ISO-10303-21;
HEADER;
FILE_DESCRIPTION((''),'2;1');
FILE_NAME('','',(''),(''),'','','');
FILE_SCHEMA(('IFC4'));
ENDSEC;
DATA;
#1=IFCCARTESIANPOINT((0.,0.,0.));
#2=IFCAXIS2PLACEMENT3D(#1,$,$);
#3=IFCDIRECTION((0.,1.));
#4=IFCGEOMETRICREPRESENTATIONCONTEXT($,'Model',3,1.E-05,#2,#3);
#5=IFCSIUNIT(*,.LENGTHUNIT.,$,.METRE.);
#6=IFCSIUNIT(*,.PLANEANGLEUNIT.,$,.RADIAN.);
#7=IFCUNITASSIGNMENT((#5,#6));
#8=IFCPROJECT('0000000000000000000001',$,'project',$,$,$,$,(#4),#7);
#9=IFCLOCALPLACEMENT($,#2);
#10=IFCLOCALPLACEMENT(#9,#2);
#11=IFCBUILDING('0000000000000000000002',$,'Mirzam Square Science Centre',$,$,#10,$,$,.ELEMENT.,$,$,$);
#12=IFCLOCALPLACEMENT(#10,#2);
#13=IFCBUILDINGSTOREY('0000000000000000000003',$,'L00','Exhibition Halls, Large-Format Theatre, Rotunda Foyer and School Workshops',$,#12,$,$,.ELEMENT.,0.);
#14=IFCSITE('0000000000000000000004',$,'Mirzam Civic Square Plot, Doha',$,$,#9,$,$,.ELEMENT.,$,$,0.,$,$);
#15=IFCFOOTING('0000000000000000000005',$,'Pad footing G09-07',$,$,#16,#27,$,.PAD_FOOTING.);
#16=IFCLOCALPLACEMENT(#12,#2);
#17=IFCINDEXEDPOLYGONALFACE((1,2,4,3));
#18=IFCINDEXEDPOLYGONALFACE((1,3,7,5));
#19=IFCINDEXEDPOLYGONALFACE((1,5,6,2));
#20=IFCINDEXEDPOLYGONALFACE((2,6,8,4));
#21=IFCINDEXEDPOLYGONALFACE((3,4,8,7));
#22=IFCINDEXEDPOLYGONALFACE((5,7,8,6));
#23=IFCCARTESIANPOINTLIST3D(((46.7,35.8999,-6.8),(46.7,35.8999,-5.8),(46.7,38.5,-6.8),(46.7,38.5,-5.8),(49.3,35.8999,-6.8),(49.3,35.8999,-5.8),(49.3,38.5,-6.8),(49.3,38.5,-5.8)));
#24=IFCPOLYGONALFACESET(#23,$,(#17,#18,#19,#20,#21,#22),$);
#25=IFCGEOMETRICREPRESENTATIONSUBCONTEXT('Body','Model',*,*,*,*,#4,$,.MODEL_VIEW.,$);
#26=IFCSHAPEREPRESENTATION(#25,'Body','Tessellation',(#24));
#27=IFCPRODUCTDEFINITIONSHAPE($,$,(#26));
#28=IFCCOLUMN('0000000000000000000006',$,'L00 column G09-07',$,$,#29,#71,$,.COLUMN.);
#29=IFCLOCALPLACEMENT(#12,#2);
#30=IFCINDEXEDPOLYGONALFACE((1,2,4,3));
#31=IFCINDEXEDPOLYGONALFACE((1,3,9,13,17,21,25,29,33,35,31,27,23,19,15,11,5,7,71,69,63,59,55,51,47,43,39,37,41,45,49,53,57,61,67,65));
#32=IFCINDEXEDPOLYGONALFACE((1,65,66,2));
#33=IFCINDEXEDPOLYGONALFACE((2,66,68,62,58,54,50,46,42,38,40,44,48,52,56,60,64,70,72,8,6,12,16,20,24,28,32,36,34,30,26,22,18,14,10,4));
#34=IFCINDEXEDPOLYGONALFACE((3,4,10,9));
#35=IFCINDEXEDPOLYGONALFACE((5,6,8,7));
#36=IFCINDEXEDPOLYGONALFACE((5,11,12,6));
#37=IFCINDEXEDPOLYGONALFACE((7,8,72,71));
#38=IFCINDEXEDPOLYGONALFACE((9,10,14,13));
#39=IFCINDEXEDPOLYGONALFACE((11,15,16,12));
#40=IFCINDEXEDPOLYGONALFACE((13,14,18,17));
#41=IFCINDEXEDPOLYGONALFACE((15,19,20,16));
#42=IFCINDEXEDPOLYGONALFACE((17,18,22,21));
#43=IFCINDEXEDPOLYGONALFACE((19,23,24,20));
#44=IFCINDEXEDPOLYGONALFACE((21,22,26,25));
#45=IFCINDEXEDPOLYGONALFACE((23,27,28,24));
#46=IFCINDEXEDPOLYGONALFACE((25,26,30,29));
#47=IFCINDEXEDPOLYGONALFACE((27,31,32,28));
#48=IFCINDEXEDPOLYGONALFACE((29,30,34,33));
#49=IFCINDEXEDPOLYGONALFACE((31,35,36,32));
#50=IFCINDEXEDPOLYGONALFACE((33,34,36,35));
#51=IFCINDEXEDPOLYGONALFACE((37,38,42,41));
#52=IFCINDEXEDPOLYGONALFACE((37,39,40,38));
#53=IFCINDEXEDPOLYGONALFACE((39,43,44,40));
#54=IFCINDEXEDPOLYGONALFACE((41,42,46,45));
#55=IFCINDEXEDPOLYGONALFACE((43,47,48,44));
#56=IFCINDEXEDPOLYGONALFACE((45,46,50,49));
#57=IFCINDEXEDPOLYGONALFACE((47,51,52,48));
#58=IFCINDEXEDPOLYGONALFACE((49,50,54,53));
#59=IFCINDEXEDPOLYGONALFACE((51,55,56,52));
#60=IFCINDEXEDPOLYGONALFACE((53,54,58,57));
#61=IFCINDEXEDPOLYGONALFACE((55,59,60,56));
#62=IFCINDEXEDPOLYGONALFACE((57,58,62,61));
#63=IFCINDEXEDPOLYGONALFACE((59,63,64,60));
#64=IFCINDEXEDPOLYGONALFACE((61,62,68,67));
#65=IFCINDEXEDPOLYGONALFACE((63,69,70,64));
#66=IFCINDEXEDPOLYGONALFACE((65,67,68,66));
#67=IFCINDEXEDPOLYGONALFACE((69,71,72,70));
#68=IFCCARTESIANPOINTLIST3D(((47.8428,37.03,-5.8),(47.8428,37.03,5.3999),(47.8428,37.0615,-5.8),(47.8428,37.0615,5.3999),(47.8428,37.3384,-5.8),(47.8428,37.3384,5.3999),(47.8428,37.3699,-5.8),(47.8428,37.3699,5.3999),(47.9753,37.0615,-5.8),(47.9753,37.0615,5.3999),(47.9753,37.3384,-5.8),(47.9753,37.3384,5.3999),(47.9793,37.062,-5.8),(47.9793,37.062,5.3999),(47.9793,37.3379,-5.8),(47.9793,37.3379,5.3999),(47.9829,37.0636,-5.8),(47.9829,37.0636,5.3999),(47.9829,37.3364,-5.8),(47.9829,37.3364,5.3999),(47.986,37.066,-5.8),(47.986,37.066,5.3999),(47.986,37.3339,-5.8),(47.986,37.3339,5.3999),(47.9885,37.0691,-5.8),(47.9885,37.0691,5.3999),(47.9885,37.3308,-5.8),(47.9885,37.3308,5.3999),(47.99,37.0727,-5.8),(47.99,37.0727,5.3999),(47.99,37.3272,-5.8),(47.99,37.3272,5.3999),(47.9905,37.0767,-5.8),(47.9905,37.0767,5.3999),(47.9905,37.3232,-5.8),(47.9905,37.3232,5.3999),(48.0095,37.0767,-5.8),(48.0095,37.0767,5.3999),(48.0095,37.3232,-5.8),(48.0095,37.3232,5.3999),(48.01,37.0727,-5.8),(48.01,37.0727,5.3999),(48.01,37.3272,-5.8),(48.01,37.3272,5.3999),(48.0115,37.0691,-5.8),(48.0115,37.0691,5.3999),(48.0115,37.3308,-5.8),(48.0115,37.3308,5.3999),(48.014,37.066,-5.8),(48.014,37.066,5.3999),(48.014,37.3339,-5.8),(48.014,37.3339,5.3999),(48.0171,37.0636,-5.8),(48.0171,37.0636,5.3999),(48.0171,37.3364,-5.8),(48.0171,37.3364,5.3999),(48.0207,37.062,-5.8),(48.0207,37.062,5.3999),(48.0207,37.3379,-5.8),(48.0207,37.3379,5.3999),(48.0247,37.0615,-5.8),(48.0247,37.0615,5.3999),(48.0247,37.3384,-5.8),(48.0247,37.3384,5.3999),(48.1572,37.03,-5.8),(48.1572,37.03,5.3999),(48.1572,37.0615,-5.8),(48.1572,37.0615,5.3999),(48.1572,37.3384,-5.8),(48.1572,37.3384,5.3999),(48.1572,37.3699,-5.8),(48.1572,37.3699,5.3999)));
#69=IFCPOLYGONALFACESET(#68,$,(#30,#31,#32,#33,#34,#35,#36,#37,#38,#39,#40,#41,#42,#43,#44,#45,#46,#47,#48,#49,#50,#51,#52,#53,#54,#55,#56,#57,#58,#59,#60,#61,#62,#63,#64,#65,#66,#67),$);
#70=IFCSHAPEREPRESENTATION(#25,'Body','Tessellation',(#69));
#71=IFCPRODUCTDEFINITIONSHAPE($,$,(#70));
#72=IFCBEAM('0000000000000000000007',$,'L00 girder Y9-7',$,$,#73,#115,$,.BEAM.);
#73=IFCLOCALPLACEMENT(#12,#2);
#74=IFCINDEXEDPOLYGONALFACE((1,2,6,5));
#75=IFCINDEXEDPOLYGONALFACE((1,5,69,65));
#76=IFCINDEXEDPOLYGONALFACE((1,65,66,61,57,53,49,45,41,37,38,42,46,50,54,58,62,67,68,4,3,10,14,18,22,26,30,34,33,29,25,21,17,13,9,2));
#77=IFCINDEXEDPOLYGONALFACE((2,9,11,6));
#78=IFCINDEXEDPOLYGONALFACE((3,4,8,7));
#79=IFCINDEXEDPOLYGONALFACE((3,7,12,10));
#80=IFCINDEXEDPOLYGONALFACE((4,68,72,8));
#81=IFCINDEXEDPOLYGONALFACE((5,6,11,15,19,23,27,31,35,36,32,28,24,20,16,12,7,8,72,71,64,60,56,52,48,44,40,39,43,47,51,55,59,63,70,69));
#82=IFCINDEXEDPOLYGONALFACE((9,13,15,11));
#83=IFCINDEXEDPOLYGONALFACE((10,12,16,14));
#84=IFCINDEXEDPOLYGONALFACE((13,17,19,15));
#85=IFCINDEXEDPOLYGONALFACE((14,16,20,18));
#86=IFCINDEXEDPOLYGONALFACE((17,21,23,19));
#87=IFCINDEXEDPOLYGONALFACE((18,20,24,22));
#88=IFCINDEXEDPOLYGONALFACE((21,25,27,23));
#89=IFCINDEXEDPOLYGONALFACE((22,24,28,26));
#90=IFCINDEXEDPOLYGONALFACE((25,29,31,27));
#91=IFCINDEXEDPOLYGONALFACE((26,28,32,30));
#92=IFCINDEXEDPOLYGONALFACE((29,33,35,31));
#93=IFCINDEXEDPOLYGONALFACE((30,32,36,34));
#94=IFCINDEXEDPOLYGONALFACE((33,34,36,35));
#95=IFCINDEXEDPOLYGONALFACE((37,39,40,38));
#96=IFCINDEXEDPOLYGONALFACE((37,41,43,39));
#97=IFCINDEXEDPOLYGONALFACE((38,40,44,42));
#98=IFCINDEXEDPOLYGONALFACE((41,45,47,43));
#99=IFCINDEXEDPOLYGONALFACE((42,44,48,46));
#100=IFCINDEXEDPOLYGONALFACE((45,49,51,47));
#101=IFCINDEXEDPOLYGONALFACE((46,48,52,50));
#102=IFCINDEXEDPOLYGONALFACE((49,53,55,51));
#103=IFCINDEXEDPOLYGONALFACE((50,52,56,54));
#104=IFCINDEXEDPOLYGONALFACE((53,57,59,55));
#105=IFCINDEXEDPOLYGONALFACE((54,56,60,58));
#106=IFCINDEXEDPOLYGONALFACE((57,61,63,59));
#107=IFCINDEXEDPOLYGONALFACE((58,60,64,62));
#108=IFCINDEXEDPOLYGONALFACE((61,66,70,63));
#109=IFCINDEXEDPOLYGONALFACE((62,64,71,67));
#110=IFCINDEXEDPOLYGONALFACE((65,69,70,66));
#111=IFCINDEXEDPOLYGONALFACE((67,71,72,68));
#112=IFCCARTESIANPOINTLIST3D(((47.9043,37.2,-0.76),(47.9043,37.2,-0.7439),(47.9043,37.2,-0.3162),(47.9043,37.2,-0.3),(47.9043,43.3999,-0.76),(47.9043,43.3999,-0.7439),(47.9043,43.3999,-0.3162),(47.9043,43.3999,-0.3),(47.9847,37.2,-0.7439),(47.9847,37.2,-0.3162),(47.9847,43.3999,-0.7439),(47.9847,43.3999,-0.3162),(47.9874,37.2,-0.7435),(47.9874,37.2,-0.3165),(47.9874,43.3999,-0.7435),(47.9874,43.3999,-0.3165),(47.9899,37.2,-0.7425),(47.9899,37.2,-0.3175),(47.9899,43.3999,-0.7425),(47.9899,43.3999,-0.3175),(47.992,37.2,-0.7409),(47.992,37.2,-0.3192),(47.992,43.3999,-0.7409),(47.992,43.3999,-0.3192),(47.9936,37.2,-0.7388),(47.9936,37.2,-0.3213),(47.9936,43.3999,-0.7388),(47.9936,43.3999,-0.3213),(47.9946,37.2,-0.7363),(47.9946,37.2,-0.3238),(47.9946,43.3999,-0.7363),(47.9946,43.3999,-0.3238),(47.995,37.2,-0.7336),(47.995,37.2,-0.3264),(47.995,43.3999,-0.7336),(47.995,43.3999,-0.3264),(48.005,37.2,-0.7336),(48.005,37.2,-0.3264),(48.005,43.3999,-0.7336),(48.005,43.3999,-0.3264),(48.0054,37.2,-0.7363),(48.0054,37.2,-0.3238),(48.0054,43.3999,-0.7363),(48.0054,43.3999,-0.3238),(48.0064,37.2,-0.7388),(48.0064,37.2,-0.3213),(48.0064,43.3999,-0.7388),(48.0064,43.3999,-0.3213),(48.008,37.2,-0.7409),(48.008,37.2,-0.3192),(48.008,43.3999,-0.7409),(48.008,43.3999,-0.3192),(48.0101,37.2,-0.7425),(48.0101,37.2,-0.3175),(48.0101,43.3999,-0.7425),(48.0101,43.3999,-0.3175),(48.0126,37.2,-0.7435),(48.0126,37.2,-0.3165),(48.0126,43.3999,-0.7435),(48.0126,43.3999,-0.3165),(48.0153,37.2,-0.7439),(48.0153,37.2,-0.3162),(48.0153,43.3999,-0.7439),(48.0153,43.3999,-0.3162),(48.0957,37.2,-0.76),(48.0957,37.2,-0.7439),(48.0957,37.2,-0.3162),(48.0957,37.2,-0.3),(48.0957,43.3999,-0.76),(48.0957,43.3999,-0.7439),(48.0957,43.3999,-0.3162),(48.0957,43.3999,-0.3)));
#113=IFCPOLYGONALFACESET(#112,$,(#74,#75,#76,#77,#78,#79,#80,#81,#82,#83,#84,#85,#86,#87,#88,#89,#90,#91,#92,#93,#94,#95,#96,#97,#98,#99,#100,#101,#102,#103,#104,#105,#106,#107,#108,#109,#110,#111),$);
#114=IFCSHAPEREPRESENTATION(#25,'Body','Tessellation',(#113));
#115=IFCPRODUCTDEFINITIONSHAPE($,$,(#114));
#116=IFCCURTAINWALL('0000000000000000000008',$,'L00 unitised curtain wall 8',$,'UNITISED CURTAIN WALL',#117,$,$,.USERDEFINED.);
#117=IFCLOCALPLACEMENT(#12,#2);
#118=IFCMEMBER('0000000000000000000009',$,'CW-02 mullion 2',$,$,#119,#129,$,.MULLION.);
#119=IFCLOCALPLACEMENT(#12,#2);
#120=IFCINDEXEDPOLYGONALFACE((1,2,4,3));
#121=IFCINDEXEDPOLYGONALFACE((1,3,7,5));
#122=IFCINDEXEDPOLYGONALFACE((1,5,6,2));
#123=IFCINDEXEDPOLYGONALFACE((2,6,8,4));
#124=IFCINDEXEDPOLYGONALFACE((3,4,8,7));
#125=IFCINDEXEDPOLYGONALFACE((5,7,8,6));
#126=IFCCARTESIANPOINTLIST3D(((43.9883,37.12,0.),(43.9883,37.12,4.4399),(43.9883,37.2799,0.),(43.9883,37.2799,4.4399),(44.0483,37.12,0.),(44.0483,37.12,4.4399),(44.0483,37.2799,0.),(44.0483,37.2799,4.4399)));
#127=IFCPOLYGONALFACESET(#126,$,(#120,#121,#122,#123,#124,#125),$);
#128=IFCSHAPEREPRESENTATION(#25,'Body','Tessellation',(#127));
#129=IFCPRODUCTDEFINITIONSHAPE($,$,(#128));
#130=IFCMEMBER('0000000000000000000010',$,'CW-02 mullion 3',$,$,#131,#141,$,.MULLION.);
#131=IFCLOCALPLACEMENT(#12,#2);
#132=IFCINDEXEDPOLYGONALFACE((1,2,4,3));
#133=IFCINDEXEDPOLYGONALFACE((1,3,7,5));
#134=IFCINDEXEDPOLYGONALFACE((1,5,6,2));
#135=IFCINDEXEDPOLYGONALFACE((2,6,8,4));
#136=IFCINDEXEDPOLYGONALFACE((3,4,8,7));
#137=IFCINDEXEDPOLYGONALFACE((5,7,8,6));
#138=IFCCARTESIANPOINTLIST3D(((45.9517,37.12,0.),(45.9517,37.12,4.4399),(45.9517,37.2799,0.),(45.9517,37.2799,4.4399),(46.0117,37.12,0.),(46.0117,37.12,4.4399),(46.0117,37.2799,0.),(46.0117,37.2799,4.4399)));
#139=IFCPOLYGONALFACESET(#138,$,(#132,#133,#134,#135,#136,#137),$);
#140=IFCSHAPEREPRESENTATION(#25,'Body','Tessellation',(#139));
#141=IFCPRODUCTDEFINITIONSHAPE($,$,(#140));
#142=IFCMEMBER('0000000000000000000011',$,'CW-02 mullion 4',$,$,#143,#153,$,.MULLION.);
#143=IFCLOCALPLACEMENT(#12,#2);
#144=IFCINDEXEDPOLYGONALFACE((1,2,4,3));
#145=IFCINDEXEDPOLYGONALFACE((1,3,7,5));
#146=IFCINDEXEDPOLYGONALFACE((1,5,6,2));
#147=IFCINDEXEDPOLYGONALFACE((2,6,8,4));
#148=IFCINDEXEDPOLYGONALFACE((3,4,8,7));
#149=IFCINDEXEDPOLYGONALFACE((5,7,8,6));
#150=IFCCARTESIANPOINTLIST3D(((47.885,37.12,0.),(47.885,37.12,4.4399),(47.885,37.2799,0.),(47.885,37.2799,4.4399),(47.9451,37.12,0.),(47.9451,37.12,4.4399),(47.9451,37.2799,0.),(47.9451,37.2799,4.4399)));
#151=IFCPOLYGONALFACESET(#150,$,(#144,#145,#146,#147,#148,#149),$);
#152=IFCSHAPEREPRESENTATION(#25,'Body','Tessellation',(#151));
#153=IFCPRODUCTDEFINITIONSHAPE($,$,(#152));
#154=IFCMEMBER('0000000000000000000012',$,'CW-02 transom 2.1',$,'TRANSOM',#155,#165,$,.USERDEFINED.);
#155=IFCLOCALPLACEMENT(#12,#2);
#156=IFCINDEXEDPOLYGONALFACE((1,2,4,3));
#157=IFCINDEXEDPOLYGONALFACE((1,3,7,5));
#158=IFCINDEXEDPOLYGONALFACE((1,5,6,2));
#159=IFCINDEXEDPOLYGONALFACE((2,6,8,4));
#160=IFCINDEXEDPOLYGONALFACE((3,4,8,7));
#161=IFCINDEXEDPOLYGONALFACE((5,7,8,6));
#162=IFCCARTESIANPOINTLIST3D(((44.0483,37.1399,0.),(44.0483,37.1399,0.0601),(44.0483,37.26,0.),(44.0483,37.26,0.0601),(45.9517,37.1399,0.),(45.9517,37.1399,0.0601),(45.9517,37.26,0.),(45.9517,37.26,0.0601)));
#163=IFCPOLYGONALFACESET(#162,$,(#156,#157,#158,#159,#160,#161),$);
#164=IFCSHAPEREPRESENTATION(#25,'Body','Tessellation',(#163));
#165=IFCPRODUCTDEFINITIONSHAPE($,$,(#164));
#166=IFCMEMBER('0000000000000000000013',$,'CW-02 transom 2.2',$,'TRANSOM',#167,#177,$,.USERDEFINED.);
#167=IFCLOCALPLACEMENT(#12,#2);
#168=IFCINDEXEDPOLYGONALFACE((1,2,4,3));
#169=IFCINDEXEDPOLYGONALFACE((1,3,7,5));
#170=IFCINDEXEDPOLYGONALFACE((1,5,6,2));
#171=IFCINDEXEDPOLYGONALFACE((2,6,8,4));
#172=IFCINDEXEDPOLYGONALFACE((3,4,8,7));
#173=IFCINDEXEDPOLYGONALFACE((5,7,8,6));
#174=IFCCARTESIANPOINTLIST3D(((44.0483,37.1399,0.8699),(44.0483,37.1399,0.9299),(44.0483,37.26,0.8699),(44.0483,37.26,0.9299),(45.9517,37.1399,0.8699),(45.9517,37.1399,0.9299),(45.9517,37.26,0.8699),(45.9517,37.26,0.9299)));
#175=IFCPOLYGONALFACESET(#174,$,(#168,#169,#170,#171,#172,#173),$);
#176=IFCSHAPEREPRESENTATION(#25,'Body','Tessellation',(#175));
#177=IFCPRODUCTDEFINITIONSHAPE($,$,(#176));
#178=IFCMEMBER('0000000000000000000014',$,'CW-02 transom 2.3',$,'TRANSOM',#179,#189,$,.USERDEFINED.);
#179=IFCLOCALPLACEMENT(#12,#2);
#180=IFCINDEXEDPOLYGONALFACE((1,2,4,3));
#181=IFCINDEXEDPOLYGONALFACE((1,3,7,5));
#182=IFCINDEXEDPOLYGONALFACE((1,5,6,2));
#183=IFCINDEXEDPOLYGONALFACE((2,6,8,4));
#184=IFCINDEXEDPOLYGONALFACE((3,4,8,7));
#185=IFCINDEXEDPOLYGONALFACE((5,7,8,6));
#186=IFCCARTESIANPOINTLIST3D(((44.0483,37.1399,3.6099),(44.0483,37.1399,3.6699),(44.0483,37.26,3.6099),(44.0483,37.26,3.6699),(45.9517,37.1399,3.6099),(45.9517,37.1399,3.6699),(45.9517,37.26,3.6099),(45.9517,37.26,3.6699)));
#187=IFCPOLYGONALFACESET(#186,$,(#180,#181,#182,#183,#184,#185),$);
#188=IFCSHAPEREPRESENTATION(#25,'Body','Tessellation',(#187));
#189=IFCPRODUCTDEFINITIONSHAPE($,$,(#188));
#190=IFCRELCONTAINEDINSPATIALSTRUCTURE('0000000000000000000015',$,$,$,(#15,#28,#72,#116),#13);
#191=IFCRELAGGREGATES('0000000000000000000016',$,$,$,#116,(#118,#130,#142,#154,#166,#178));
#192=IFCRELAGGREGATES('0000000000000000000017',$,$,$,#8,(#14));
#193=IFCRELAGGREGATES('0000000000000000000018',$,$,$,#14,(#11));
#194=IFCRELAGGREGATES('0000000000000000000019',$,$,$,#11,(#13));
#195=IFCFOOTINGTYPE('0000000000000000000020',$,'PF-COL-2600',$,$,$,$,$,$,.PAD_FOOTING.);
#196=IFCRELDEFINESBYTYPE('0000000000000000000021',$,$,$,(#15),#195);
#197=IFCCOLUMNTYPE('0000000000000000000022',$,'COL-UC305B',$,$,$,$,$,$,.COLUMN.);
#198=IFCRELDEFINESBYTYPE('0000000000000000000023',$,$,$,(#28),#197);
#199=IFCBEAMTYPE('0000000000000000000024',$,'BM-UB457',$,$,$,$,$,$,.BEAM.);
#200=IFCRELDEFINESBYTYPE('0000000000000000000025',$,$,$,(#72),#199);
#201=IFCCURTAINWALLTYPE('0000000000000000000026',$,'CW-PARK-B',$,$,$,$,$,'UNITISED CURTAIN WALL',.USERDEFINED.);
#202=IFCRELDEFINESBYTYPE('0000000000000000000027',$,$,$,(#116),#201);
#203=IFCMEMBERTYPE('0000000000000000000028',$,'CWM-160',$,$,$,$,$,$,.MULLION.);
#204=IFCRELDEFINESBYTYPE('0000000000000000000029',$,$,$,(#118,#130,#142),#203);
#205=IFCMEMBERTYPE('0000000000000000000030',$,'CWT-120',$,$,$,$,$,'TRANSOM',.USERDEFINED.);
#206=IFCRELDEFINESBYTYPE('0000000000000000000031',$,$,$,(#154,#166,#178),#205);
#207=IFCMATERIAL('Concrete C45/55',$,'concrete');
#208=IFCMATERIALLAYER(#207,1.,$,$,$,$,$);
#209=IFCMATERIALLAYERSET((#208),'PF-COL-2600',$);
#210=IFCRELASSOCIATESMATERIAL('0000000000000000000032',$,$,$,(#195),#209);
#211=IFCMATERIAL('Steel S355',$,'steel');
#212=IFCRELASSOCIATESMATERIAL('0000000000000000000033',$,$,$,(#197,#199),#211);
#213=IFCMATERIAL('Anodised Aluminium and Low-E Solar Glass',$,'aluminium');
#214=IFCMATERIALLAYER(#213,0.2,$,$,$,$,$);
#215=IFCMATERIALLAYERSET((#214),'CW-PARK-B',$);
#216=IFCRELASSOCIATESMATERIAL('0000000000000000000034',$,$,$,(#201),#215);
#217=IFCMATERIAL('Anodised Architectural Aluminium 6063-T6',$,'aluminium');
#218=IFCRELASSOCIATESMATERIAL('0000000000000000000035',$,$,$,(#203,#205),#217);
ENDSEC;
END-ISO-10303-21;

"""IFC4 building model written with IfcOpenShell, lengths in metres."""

from ifc_helpers import new_model, si_unit, direction, frame, origin, origin_2d, place, context, subcontext, project, spatial, rectangle, i_section, extrude, material, layer, layer_set, material_profile, profile_set, type_object, element, aggregate, save


model = new_model("IFC4")

# Units and contexts
model_context = context("Model", 3, precision=1e-05, world=origin(), true_north=direction((0.0, 1.0)))
body_context = subcontext(model_context, "Body", "Model", "MODEL_VIEW")
ifc_project = project(units=[si_unit("LENGTHUNIT", "METRE"), si_unit("PLANEANGLEUNIT", "RADIAN")], contexts=[model_context])

# Site, building, storey
site_placement = place(None, origin())
site = spatial("IfcSite", under=ifc_project, at=site_placement, Name="Mirzam Civic Square Plot, Doha", CompositionType="ELEMENT", RefElevation=0.0)
building_placement = place(site_placement, origin())
building = spatial("IfcBuilding", under=site, at=building_placement, Name="Mirzam Square Science Centre", CompositionType="ELEMENT")
storey_placement = place(building_placement, origin())
storey = spatial("IfcBuildingStorey", under=building, at=storey_placement, Name="L00", Description="Exhibition Halls, Large-Format Theatre, Rotunda Foyer and School Workshops", CompositionType="ELEMENT", Elevation=0.0)

# Footing
ifc_material_1 = material(Name="Concrete C45/55", Category="concrete")
ifc_layer_1 = layer(ifc_material_1, 1.0)
ifc_layer_set_1 = layer_set([ifc_layer_1], Name="PF-COL-2600")
footing_type = type_object("IfcFootingType", Name="PF-COL-2600", PredefinedType="PAD_FOOTING", material=ifc_layer_set_1)
footing_placement = place(storey_placement, frame((48.0, 37.2, -6.8), z_axis=(0.0, 0.0, 1.0), x_axis=(1.0, 0.0, 0.0)))
element("IfcFooting", 1, at=footing_placement, inside=storey, type_object=footing_type, Name="Pad footing G09-07", PredefinedType="PAD_FOOTING", context=body_context, shape_type="SweptSolid", body=[
    extrude(rectangle(XDim=2.6001, YDim=2.6001, at=origin_2d()), origin(), (0.0, 0.0, 1.0), 1.0),
])

# Column
ifc_material_2 = material(Name="Steel S355", Category="steel")
ifc_material_profile_1 = material_profile(ifc_material_2, i_section(OverallWidth=0.3145, OverallDepth=0.3398, WebThickness=0.019, FlangeThickness=0.0315, FilletRadius=0.0151, at=origin_2d()), Name="305x305x198UC")
ifc_profile_set_1 = profile_set([ifc_material_profile_1], Name="Steel S355")
column_type = type_object("IfcColumnType", Name="COL-UC305B", PredefinedType="COLUMN", material=ifc_profile_set_1)
column_placement = place(storey_placement, frame((48.0, 37.2, -5.8), z_axis=(0.0, 0.0, 1.0), x_axis=(1.0, 0.0, 0.0)))
element("IfcColumn", 2, at=column_placement, inside=storey, type_object=column_type, Name="L00 column G09-07", PredefinedType="COLUMN", context=body_context, shape_type="SweptSolid", body=[
    extrude(i_section(OverallWidth=0.3145, OverallDepth=0.3398, WebThickness=0.019, FlangeThickness=0.0315, FilletRadius=0.0151, at=origin_2d()), origin(), (0.0, 0.0, 1.0), 11.2),
])

# Beam
ifc_material_profile_2 = material_profile(ifc_material_2, i_section(OverallWidth=0.1914, OverallDepth=0.46, WebThickness=0.01, FlangeThickness=0.0161, FilletRadius=0.0103, at=origin_2d()), Name="457x191x82UB")
ifc_profile_set_2 = profile_set([ifc_material_profile_2], Name="Steel S355")
beam_type_1 = type_object("IfcBeamType", Name="BM-UB457", PredefinedType="BEAM", material=ifc_profile_set_2)
beam_1_placement = place(storey_placement, frame((48.0, 37.2, -0.53), z_axis=(0.0, 1.0, 0.0), x_axis=(-1.0, 0.0, 0.0)))
element("IfcBeam", 3, at=beam_1_placement, inside=storey, type_object=beam_type_1, Name="L00 girder Y9-7", PredefinedType="BEAM", context=body_context, shape_type="SweptSolid", body=[
    extrude(i_section(OverallWidth=0.1914, OverallDepth=0.46, WebThickness=0.01, FlangeThickness=0.0161, FilletRadius=0.0103, at=origin_2d()), origin(), (0.0, 0.0, 1.0), 6.2),
])

# Curtain wall, members
ifc_material_3 = material(Name="Anodised Aluminium and Low-E Solar Glass", Category="aluminium")
ifc_layer_2 = layer(ifc_material_3, 0.2)
ifc_layer_set_2 = layer_set([ifc_layer_2], Name="CW-PARK-B")
curtain_wall_type = type_object("IfcCurtainWallType", Name="CW-PARK-B", ElementType="UNITISED CURTAIN WALL", PredefinedType="USERDEFINED", material=ifc_layer_set_2)
curtain_wall_placement = place(storey_placement, origin())
curtain_wall = element("IfcCurtainWall", 4, at=curtain_wall_placement, inside=storey, type_object=curtain_wall_type, Name="L00 unitised curtain wall 8", ObjectType="UNITISED CURTAIN WALL", PredefinedType="USERDEFINED")
ifc_material_4 = material(Name="Anodised Architectural Aluminium 6063-T6", Category="aluminium")
ifc_material_profile_3 = material_profile(ifc_material_4, rectangle(XDim=0.0601, YDim=0.1599, at=origin_2d()), Name="ALU-MULL-160x60x4")
ifc_profile_set_3 = profile_set([ifc_material_profile_3], Name="Anodised Architectural Aluminium 6063-T6")
member_type_1 = type_object("IfcMemberType", Name="CWM-160", PredefinedType="MULLION", material=ifc_profile_set_3)
member_1_placement = place(storey_placement, frame((44.0183, 37.2, 0.0), z_axis=(0.0, 0.0, 1.0), x_axis=(1.0, 0.0, 0.0)))
member_1 = element("IfcMember", 5, at=member_1_placement, type_object=member_type_1, Name="CW-02 mullion 2", PredefinedType="MULLION", context=body_context, shape_type="SweptSolid", body=[
    extrude(rectangle(XDim=0.0601, YDim=0.1599, at=origin_2d()), origin(), (0.0, 0.0, 1.0), 4.4399),
])
member_2_placement = place(storey_placement, frame((45.9817, 37.2, 0.0), z_axis=(0.0, 0.0, 1.0), x_axis=(1.0, 0.0, 0.0)))
member_2 = element("IfcMember", 6, at=member_2_placement, type_object=member_type_1, Name="CW-02 mullion 3", PredefinedType="MULLION", context=body_context, shape_type="SweptSolid", body=[
    extrude(rectangle(XDim=0.0601, YDim=0.1599, at=origin_2d()), origin(), (0.0, 0.0, 1.0), 4.4399),
])
member_3_placement = place(storey_placement, frame((47.915, 37.2, 0.0), z_axis=(0.0, 0.0, 1.0), x_axis=(1.0, 0.0, 0.0)))
member_3 = element("IfcMember", 7, at=member_3_placement, type_object=member_type_1, Name="CW-02 mullion 4", PredefinedType="MULLION", context=body_context, shape_type="SweptSolid", body=[
    extrude(rectangle(XDim=0.0601, YDim=0.1599, at=origin_2d()), origin(), (0.0, 0.0, 1.0), 4.4399),
])
ifc_material_profile_4 = material_profile(ifc_material_4, rectangle(XDim=0.1201, YDim=0.0601, at=origin_2d()), Name="ALU-TRAN-120x60x4")
ifc_profile_set_4 = profile_set([ifc_material_profile_4], Name="Anodised Architectural Aluminium 6063-T6")
member_type_2 = type_object("IfcMemberType", Name="CWT-120", ElementType="TRANSOM", PredefinedType="USERDEFINED", material=ifc_profile_set_4)
member_4_placement = place(storey_placement, frame((44.0483, 37.2, 0.03), z_axis=(1.0, 0.0, 0.0), x_axis=(0.0, 1.0, 0.0)))
member_4 = element("IfcMember", 8, at=member_4_placement, type_object=member_type_2, Name="CW-02 transom 2.1", ObjectType="TRANSOM", PredefinedType="USERDEFINED", context=body_context, shape_type="SweptSolid", body=[
    extrude(rectangle(XDim=0.1201, YDim=0.0601, at=origin_2d()), origin(), (0.0, 0.0, 1.0), 1.9033),
])
member_5_placement = place(storey_placement, frame((44.0483, 37.2, 0.8999), z_axis=(1.0, 0.0, 0.0), x_axis=(0.0, 1.0, 0.0)))
member_5 = element("IfcMember", 9, at=member_5_placement, type_object=member_type_2, Name="CW-02 transom 2.2", ObjectType="TRANSOM", PredefinedType="USERDEFINED", context=body_context, shape_type="SweptSolid", body=[
    extrude(rectangle(XDim=0.1201, YDim=0.0601, at=origin_2d()), origin(), (0.0, 0.0, 1.0), 1.9033),
])
member_6_placement = place(storey_placement, frame((44.0483, 37.2, 3.6399), z_axis=(1.0, 0.0, 0.0), x_axis=(0.0, 1.0, 0.0)))
member_6 = element("IfcMember", 10, at=member_6_placement, type_object=member_type_2, Name="CW-02 transom 2.3", ObjectType="TRANSOM", PredefinedType="USERDEFINED", context=body_context, shape_type="SweptSolid", body=[
    extrude(rectangle(XDim=0.1201, YDim=0.0601, at=origin_2d()), origin(), (0.0, 0.0, 1.0), 1.9033),
])

aggregate(curtain_wall, [member_1, member_2, member_3, member_4, member_5, member_6])

save(model, "model.ifc")
